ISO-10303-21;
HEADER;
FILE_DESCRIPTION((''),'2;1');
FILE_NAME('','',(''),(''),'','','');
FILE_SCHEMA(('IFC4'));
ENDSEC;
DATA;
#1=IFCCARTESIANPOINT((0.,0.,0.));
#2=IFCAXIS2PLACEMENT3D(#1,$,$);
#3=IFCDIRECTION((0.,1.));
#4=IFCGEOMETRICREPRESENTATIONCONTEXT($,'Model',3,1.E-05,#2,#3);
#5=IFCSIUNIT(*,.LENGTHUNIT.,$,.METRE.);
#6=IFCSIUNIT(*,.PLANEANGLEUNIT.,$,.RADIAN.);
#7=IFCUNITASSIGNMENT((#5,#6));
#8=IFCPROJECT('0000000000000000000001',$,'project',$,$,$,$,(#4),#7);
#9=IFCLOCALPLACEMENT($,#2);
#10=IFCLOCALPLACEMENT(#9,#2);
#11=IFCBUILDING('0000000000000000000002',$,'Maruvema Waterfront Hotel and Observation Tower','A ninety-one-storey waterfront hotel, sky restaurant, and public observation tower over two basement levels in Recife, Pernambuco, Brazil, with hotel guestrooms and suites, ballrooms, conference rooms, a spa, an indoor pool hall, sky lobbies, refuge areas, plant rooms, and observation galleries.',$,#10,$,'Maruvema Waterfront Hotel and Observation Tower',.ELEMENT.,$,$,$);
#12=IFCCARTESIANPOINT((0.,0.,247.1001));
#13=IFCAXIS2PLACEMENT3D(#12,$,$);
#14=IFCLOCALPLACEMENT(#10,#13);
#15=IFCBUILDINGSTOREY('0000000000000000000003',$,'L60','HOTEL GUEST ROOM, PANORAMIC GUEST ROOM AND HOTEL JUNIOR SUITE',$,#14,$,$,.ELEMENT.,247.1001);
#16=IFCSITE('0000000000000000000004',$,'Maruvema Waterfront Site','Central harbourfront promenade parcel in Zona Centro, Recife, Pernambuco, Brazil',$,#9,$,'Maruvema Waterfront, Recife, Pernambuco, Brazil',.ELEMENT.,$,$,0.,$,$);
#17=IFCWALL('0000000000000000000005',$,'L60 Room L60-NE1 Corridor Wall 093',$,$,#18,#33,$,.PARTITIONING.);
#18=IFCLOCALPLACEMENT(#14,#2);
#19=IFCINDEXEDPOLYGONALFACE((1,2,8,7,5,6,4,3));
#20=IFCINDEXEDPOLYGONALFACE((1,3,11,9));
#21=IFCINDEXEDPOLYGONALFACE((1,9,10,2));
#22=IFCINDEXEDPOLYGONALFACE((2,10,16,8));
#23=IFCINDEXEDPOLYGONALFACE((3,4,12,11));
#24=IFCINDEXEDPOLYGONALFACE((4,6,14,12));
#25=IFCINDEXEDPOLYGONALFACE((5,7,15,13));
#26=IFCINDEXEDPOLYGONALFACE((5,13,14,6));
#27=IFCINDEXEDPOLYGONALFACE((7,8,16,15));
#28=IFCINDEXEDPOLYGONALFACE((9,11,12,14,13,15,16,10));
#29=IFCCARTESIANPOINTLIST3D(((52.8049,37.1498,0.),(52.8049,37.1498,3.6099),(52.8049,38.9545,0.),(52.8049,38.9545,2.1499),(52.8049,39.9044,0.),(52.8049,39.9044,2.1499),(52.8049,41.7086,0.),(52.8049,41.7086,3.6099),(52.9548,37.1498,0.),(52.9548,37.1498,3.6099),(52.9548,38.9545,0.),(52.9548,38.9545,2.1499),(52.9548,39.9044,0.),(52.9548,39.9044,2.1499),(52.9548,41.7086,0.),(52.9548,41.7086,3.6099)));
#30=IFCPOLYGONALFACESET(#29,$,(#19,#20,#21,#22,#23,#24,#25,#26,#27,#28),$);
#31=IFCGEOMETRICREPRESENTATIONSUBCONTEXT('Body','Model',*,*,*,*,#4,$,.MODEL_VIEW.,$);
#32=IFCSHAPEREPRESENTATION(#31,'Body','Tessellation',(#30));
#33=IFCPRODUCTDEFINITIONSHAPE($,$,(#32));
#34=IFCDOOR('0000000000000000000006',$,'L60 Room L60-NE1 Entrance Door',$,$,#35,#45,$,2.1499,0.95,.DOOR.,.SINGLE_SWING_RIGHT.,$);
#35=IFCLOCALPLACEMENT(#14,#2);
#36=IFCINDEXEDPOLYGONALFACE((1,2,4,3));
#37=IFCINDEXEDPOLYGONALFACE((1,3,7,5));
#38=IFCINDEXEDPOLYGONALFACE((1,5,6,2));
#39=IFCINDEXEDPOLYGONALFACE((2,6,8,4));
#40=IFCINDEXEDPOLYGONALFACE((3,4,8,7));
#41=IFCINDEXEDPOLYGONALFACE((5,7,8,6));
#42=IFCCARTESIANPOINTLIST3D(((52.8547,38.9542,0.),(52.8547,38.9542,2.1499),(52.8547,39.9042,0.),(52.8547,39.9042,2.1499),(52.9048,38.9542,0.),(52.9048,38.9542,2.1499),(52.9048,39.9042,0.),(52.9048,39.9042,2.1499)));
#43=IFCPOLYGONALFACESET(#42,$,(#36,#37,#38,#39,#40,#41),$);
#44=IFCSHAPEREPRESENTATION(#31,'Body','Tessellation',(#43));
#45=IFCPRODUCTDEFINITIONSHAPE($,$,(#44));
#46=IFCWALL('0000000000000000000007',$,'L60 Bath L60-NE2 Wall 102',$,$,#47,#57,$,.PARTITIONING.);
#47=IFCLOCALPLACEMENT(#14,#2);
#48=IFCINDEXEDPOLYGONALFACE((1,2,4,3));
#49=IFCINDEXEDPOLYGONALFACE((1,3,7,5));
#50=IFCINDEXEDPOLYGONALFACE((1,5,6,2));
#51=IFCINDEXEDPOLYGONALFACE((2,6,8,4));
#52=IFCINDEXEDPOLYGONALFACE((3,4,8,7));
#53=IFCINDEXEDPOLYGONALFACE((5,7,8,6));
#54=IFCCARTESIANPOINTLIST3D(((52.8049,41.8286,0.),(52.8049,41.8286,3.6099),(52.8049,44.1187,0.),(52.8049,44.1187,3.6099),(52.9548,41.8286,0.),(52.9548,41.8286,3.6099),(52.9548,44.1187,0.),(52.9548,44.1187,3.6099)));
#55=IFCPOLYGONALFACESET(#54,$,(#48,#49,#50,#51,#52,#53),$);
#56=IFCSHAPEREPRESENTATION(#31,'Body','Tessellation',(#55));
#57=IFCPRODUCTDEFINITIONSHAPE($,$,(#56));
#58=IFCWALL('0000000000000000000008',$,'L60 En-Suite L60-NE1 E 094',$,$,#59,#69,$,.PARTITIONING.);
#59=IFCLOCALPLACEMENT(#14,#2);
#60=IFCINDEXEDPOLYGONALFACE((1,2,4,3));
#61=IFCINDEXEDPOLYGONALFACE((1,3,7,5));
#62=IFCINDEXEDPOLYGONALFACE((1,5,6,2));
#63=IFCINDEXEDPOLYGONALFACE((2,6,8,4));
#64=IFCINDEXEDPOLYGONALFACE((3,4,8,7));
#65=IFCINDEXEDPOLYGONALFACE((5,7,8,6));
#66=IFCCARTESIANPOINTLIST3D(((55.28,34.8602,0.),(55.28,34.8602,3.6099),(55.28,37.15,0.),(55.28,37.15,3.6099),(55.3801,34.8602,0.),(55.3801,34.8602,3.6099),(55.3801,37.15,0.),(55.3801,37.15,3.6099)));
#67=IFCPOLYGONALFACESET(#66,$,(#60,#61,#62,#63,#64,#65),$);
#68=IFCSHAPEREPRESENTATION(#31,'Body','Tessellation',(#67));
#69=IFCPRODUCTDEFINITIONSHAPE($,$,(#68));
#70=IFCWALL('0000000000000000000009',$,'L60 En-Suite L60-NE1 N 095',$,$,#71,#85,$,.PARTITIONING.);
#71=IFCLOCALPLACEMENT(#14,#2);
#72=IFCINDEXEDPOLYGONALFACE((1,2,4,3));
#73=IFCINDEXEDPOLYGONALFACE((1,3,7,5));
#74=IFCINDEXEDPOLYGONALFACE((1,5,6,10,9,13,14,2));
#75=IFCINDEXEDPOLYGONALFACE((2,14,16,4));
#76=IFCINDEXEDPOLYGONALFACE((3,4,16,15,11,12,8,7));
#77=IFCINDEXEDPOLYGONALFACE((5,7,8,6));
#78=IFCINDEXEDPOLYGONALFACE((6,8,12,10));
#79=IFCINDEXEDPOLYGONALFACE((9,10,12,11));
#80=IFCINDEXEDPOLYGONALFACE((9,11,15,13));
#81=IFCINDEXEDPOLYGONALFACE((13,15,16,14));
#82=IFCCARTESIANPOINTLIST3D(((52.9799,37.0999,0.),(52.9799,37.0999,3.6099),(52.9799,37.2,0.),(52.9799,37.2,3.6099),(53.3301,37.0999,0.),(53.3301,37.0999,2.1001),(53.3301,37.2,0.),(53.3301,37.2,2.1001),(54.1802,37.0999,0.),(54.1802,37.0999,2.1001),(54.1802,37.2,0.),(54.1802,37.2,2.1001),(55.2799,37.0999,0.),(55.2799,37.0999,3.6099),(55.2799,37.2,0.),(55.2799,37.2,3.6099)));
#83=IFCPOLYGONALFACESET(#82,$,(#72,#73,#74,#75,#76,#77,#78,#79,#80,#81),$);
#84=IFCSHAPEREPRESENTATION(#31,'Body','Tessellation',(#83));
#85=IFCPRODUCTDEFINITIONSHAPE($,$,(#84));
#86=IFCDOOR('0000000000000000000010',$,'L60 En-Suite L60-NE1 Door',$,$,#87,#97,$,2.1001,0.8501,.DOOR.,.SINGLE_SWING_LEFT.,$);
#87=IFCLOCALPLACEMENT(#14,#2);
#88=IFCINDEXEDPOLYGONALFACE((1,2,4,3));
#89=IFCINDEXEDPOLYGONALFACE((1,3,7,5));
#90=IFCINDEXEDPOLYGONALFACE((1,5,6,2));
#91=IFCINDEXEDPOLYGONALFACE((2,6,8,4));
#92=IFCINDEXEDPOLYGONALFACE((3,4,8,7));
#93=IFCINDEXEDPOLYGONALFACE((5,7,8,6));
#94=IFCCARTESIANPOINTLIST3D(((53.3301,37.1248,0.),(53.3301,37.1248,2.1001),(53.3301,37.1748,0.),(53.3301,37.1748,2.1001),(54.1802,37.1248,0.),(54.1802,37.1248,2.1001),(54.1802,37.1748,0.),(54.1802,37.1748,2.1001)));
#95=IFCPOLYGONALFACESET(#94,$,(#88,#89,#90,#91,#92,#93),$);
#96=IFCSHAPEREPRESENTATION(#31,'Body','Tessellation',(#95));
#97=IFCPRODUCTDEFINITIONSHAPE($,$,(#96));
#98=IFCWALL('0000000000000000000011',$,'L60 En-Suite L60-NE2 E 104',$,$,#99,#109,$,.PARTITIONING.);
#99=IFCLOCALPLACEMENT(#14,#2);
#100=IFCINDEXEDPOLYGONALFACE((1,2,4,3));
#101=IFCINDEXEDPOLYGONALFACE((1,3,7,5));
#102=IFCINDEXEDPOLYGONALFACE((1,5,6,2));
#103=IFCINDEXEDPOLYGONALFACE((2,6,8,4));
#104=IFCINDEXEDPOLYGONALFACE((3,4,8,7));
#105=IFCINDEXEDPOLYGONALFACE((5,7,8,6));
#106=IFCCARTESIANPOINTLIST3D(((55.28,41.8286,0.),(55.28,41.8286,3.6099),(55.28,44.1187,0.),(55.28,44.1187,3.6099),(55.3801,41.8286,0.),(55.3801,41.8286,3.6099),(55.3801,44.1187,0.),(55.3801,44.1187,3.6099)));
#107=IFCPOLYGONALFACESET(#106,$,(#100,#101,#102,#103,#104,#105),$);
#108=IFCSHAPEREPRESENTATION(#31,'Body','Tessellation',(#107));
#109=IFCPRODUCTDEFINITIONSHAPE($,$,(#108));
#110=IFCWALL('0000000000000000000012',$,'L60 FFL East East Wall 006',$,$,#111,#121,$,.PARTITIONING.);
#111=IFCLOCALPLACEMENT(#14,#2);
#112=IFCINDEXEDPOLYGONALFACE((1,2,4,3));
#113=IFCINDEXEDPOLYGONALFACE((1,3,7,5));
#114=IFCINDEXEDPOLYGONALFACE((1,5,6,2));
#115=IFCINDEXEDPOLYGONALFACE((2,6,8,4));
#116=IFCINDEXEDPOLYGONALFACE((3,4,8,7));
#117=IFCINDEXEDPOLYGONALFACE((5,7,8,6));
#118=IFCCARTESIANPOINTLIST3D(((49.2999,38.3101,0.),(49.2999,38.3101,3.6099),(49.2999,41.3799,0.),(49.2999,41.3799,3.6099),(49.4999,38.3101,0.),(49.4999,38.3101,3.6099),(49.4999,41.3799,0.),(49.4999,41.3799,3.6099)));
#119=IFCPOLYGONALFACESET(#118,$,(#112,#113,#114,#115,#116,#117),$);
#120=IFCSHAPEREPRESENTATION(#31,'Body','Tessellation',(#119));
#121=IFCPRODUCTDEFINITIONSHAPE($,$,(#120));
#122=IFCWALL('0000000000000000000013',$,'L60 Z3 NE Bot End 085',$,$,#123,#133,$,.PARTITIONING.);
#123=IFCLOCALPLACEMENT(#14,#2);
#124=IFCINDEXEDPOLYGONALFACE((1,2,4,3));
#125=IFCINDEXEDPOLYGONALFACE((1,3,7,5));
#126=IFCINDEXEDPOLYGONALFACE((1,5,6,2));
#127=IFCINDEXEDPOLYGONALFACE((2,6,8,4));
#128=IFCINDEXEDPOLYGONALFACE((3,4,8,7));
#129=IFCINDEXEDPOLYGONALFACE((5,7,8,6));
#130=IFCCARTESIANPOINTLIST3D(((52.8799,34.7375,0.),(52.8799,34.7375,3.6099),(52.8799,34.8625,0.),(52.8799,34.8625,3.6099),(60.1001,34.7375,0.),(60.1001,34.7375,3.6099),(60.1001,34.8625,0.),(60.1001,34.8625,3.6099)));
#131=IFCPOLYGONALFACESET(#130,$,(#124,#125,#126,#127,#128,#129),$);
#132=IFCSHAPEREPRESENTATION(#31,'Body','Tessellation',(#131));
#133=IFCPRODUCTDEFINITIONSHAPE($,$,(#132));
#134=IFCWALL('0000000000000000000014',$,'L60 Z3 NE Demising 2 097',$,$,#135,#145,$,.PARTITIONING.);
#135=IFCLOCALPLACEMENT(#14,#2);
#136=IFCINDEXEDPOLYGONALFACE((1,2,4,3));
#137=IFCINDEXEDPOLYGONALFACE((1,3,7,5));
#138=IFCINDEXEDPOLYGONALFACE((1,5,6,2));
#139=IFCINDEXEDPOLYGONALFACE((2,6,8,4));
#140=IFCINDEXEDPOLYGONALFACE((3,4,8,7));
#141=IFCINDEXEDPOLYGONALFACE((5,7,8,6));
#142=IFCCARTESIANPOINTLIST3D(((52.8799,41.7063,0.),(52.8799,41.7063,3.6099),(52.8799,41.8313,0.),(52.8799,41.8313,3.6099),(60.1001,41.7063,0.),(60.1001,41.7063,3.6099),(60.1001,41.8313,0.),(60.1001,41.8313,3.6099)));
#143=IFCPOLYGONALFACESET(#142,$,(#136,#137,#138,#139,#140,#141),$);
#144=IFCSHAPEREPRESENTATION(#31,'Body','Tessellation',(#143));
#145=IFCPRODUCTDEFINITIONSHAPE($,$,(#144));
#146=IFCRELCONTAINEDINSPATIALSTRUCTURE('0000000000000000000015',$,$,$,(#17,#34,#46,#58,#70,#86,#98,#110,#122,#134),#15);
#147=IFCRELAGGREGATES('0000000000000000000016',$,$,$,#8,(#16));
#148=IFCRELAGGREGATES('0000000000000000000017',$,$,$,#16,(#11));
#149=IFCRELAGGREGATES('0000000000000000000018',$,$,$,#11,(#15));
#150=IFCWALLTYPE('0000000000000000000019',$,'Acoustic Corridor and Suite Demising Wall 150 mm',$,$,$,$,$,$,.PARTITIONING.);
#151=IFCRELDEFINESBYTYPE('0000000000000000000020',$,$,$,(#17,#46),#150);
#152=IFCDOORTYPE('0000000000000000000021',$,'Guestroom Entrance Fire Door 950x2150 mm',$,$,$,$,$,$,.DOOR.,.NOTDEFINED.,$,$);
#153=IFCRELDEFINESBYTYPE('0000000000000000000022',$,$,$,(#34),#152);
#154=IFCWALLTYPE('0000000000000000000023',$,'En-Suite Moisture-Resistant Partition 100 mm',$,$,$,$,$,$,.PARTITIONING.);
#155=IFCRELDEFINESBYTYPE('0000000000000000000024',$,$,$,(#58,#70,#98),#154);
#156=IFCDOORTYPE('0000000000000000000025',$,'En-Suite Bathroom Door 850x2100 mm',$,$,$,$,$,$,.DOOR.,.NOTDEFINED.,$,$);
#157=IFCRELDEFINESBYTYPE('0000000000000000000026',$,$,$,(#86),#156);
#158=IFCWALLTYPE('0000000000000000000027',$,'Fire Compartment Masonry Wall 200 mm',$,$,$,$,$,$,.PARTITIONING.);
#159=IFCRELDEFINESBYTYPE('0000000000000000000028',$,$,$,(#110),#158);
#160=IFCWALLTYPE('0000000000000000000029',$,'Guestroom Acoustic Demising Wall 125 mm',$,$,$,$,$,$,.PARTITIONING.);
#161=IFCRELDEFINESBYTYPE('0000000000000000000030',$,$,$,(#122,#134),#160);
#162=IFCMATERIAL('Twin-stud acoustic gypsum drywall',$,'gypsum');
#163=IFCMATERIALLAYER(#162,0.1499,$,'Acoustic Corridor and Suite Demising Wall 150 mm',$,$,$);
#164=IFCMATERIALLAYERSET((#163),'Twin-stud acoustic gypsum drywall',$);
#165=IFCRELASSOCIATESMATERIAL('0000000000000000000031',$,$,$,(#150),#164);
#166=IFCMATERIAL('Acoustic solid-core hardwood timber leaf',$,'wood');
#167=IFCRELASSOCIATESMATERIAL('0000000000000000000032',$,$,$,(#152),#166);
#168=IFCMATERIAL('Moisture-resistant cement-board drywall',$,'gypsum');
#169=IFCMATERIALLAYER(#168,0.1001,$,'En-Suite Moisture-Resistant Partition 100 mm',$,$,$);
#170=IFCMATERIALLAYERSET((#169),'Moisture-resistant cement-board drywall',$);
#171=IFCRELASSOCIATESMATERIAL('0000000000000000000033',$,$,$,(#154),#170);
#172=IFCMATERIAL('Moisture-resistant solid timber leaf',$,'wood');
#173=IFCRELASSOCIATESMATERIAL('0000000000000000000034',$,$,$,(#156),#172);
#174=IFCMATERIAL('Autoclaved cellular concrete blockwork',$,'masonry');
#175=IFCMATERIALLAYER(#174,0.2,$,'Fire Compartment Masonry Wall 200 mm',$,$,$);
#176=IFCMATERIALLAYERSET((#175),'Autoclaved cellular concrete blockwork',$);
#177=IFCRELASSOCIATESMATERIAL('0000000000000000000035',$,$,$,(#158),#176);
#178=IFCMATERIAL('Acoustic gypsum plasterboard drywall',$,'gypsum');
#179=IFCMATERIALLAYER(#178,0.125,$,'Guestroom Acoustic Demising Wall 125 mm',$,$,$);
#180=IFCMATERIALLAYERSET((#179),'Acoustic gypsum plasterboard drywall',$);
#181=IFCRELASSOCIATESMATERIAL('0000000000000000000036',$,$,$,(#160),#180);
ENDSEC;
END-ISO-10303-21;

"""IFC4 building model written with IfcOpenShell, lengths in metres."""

from ifc_helpers import new_model, si_unit, direction, frame, frame_2d, origin, place, context, subcontext, project, spatial, rectangle, extrude, material, layer, layer_set, type_object, element, fill, save


model = new_model("IFC4")

# Units and contexts
model_context = context("Model", 3, precision=1e-05, world=origin(), true_north=direction((0.0, 1.0)))
body_context = subcontext(model_context, "Body", "Model", "MODEL_VIEW")
ifc_project = project(units=[si_unit("LENGTHUNIT", "METRE"), si_unit("PLANEANGLEUNIT", "RADIAN")], contexts=[model_context])

# Site, building, storey
site_placement = place(None, origin())
site = spatial("IfcSite", under=ifc_project, at=site_placement, Name="Maruvema Waterfront Site", Description="Central harbourfront promenade parcel in Zona Centro, Recife, Pernambuco, Brazil", LongName="Maruvema Waterfront, Recife, Pernambuco, Brazil", CompositionType="ELEMENT", RefElevation=0.0)
building_placement = place(site_placement, origin())
building = spatial("IfcBuilding", under=site, at=building_placement, Name="Maruvema Waterfront Hotel and Observation Tower", Description="A ninety-one-storey waterfront hotel, sky restaurant, and public observation tower over two basement levels in Recife, Pernambuco, Brazil, with hotel guestrooms and suites, ballrooms, conference rooms, a spa, an indoor pool hall, sky lobbies, refuge areas, plant rooms, and observation galleries.", LongName="Maruvema Waterfront Hotel and Observation Tower", CompositionType="ELEMENT")
storey_placement = place(building_placement, frame((0.0, 0.0, 247.1001)))
storey = spatial("IfcBuildingStorey", under=building, at=storey_placement, Name="L60", Description="HOTEL GUEST ROOM, PANORAMIC GUEST ROOM AND HOTEL JUNIOR SUITE", CompositionType="ELEMENT", Elevation=247.1001)

# Shared definitions
ifc_material_1 = material(Name="Twin-stud acoustic gypsum drywall", Category="gypsum")
ifc_layer_1 = layer(ifc_material_1, 0.1499, Name="Acoustic Corridor and Suite Demising Wall 150 mm")
ifc_layer_set_1 = layer_set([ifc_layer_1], Name="Twin-stud acoustic gypsum drywall")
wall_type_1 = type_object("IfcWallType", Name="Acoustic Corridor and Suite Demising Wall 150 mm", PredefinedType="PARTITIONING", material=ifc_layer_set_1)

# Wall, opening, door
wall_1_placement = place(storey_placement, frame((52.8799, 37.1499, 0.0), z_axis=(0.0, 0.0, 1.0), x_axis=(0.0, 1.0, 0.0)))
wall_1 = element("IfcWall", 1, at=wall_1_placement, inside=storey, type_object=wall_type_1, Name="L60 Room L60-NE1 Corridor Wall 093", PredefinedType="PARTITIONING", context=body_context, shape_type="SweptSolid", body=[
    extrude(rectangle(XDim=4.5588, YDim=0.1499, at=frame_2d((2.2793, 0.0))), origin(), (0.0, 0.0, 1.0), 3.6099),
])
opening_1_placement = place(wall_1_placement, frame((1.8044, 0.0, 0.0)))
opening_1 = element("IfcOpeningElement", 2, at=opening_1_placement, cuts=wall_1, PredefinedType="OPENING", context=body_context, shape_type="SweptSolid", body=[
    extrude(rectangle(XDim=0.95, YDim=2.1499, at=frame_2d((0.4751, 1.075))), frame((0.0, 0.085, 0.0), z_axis=(0.0, -1.0, 0.0), x_axis=(1.0, 0.0, 0.0)), (0.0, 0.0, 1.0), 0.1699),
])
ifc_material_2 = material(Name="Acoustic solid-core hardwood timber leaf", Category="wood")
door_type_1 = type_object("IfcDoorType", Name="Guestroom Entrance Fire Door 950x2150 mm", OperationType="NOTDEFINED", PredefinedType="DOOR", material=ifc_material_2)
door_1_placement = place(opening_1_placement, frame((0.95, 0.0, 0.0), z_axis=(0.0, 0.0, 1.0), x_axis=(-1.0, 0.0, 0.0)))
door_1 = element("IfcDoor", 3, at=door_1_placement, inside=storey, type_object=door_type_1, Name="L60 Room L60-NE1 Entrance Door", OperationType="SINGLE_SWING_RIGHT", OverallHeight=2.1499, OverallWidth=0.95, PredefinedType="DOOR", context=body_context, shape_type="SweptSolid", body=[
    extrude(rectangle(XDim=0.95, YDim=2.1499, at=frame_2d((0.4751, 1.075))), frame((0.0, 0.0249, 0.0), z_axis=(0.0, -1.0, 0.0), x_axis=(1.0, 0.0, 0.0)), (0.0, 0.0, 1.0), 0.05),
])
fill(opening_1, door_1)

# Walls
wall_2_placement = place(storey_placement, frame((52.8799, 41.8286, 0.0), z_axis=(0.0, 0.0, 1.0), x_axis=(0.0, 1.0, 0.0)))
element("IfcWall", 4, at=wall_2_placement, inside=storey, type_object=wall_type_1, Name="L60 Bath L60-NE2 Wall 102", PredefinedType="PARTITIONING", context=body_context, shape_type="SweptSolid", body=[
    extrude(rectangle(XDim=2.29, YDim=0.1499, at=frame_2d((1.145, 0.0))), origin(), (0.0, 0.0, 1.0), 3.6099),
])
ifc_material_3 = material(Name="Moisture-resistant cement-board drywall", Category="gypsum")
ifc_layer_2 = layer(ifc_material_3, 0.1001, Name="En-Suite Moisture-Resistant Partition 100 mm")
ifc_layer_set_2 = layer_set([ifc_layer_2], Name="Moisture-resistant cement-board drywall")
wall_type_2 = type_object("IfcWallType", Name="En-Suite Moisture-Resistant Partition 100 mm", PredefinedType="PARTITIONING", material=ifc_layer_set_2)
wall_3_placement = place(storey_placement, frame((55.3301, 34.8601, 0.0), z_axis=(0.0, 0.0, 1.0), x_axis=(0.0, 1.0, 0.0)))
element("IfcWall", 5, at=wall_3_placement, inside=storey, type_object=wall_type_2, Name="L60 En-Suite L60-NE1 E 094", PredefinedType="PARTITIONING", context=body_context, shape_type="SweptSolid", body=[
    extrude(rectangle(XDim=2.2898, YDim=0.1001, at=frame_2d((1.145, 0.0))), origin(), (0.0, 0.0, 1.0), 3.6099),
])

# Wall, opening, door
wall_4_placement = place(storey_placement, frame((52.98, 37.1499, 0.0), z_axis=(0.0, 0.0, 1.0), x_axis=(1.0, 0.0, 0.0)))
wall_4 = element("IfcWall", 6, at=wall_4_placement, inside=storey, type_object=wall_type_2, Name="L60 En-Suite L60-NE1 N 095", PredefinedType="PARTITIONING", context=body_context, shape_type="SweptSolid", body=[
    extrude(rectangle(XDim=2.3, YDim=0.1001, at=frame_2d((1.1499, 0.0))), origin(), (0.0, 0.0, 1.0), 3.6099),
])
opening_2_placement = place(wall_4_placement, frame((0.3501, 0.0, 0.0)))
opening_2 = element("IfcOpeningElement", 7, at=opening_2_placement, cuts=wall_4, PredefinedType="OPENING", context=body_context, shape_type="SweptSolid", body=[
    extrude(rectangle(XDim=0.8501, YDim=2.1001, at=frame_2d((0.425, 1.05))), frame((0.0, 0.0601, 0.0), z_axis=(0.0, -1.0, 0.0), x_axis=(1.0, 0.0, 0.0)), (0.0, 0.0, 1.0), 0.1201),
])
ifc_material_4 = material(Name="Moisture-resistant solid timber leaf", Category="wood")
door_type_2 = type_object("IfcDoorType", Name="En-Suite Bathroom Door 850x2100 mm", OperationType="NOTDEFINED", PredefinedType="DOOR", material=ifc_material_4)
door_2_placement = place(opening_2_placement, origin())
door_2 = element("IfcDoor", 8, at=door_2_placement, inside=storey, type_object=door_type_2, Name="L60 En-Suite L60-NE1 Door", OperationType="SINGLE_SWING_LEFT", OverallHeight=2.1001, OverallWidth=0.8501, PredefinedType="DOOR", context=body_context, shape_type="SweptSolid", body=[
    extrude(rectangle(XDim=0.8501, YDim=2.1001, at=frame_2d((0.425, 1.05))), frame((0.0, 0.0249, 0.0), z_axis=(0.0, -1.0, 0.0), x_axis=(1.0, 0.0, 0.0)), (0.0, 0.0, 1.0), 0.05),
])
fill(opening_2, door_2)

# Walls
wall_5_placement = place(storey_placement, frame((55.3301, 41.8286, 0.0), z_axis=(0.0, 0.0, 1.0), x_axis=(0.0, 1.0, 0.0)))
element("IfcWall", 9, at=wall_5_placement, inside=storey, type_object=wall_type_2, Name="L60 En-Suite L60-NE2 E 104", PredefinedType="PARTITIONING", context=body_context, shape_type="SweptSolid", body=[
    extrude(rectangle(XDim=2.29, YDim=0.1001, at=frame_2d((1.145, 0.0))), origin(), (0.0, 0.0, 1.0), 3.6099),
])
ifc_material_5 = material(Name="Autoclaved cellular concrete blockwork", Category="masonry")
ifc_layer_3 = layer(ifc_material_5, 0.2, Name="Fire Compartment Masonry Wall 200 mm")
ifc_layer_set_3 = layer_set([ifc_layer_3], Name="Autoclaved cellular concrete blockwork")
wall_type_3 = type_object("IfcWallType", Name="Fire Compartment Masonry Wall 200 mm", PredefinedType="PARTITIONING", material=ifc_layer_set_3)
wall_6_placement = place(storey_placement, frame((49.3999, 38.3101, 0.0), z_axis=(0.0, 0.0, 1.0), x_axis=(0.0, 1.0, 0.0)))
element("IfcWall", 10, at=wall_6_placement, inside=storey, type_object=wall_type_3, Name="L60 FFL East East Wall 006", PredefinedType="PARTITIONING", context=body_context, shape_type="SweptSolid", body=[
    extrude(rectangle(XDim=3.0698, YDim=0.2, at=frame_2d((1.5349, 0.0))), origin(), (0.0, 0.0, 1.0), 3.6099),
])
ifc_material_6 = material(Name="Acoustic gypsum plasterboard drywall", Category="gypsum")
ifc_layer_4 = layer(ifc_material_6, 0.125, Name="Guestroom Acoustic Demising Wall 125 mm")
ifc_layer_set_4 = layer_set([ifc_layer_4], Name="Acoustic gypsum plasterboard drywall")
wall_type_4 = type_object("IfcWallType", Name="Guestroom Acoustic Demising Wall 125 mm", PredefinedType="PARTITIONING", material=ifc_layer_set_4)
for number, where, z_axis, x_axis, name in (
    (11, (52.8799, 34.8, 0.0), (0.0, 0.0, 1.0), (1.0, 0.0, 0.0), "L60 Z3 NE Bot End 085"),
    (12, (52.8799, 41.7688, 0.0), (0.0, 0.0, 1.0), (1.0, 0.0, 0.0), "L60 Z3 NE Demising 2 097"),
):
    element("IfcWall", number, at=place(storey_placement, frame(where, z_axis=z_axis, x_axis=x_axis)), inside=storey, type_object=wall_type_4, Name=name, PredefinedType="PARTITIONING", context=body_context, shape_type="SweptSolid", body=[
        extrude(rectangle(XDim=7.2202, YDim=0.125, at=frame_2d((3.6101, 0.0))), origin(), (0.0, 0.0, 1.0), 3.6099),
    ])

save(model, "model.ifc")
